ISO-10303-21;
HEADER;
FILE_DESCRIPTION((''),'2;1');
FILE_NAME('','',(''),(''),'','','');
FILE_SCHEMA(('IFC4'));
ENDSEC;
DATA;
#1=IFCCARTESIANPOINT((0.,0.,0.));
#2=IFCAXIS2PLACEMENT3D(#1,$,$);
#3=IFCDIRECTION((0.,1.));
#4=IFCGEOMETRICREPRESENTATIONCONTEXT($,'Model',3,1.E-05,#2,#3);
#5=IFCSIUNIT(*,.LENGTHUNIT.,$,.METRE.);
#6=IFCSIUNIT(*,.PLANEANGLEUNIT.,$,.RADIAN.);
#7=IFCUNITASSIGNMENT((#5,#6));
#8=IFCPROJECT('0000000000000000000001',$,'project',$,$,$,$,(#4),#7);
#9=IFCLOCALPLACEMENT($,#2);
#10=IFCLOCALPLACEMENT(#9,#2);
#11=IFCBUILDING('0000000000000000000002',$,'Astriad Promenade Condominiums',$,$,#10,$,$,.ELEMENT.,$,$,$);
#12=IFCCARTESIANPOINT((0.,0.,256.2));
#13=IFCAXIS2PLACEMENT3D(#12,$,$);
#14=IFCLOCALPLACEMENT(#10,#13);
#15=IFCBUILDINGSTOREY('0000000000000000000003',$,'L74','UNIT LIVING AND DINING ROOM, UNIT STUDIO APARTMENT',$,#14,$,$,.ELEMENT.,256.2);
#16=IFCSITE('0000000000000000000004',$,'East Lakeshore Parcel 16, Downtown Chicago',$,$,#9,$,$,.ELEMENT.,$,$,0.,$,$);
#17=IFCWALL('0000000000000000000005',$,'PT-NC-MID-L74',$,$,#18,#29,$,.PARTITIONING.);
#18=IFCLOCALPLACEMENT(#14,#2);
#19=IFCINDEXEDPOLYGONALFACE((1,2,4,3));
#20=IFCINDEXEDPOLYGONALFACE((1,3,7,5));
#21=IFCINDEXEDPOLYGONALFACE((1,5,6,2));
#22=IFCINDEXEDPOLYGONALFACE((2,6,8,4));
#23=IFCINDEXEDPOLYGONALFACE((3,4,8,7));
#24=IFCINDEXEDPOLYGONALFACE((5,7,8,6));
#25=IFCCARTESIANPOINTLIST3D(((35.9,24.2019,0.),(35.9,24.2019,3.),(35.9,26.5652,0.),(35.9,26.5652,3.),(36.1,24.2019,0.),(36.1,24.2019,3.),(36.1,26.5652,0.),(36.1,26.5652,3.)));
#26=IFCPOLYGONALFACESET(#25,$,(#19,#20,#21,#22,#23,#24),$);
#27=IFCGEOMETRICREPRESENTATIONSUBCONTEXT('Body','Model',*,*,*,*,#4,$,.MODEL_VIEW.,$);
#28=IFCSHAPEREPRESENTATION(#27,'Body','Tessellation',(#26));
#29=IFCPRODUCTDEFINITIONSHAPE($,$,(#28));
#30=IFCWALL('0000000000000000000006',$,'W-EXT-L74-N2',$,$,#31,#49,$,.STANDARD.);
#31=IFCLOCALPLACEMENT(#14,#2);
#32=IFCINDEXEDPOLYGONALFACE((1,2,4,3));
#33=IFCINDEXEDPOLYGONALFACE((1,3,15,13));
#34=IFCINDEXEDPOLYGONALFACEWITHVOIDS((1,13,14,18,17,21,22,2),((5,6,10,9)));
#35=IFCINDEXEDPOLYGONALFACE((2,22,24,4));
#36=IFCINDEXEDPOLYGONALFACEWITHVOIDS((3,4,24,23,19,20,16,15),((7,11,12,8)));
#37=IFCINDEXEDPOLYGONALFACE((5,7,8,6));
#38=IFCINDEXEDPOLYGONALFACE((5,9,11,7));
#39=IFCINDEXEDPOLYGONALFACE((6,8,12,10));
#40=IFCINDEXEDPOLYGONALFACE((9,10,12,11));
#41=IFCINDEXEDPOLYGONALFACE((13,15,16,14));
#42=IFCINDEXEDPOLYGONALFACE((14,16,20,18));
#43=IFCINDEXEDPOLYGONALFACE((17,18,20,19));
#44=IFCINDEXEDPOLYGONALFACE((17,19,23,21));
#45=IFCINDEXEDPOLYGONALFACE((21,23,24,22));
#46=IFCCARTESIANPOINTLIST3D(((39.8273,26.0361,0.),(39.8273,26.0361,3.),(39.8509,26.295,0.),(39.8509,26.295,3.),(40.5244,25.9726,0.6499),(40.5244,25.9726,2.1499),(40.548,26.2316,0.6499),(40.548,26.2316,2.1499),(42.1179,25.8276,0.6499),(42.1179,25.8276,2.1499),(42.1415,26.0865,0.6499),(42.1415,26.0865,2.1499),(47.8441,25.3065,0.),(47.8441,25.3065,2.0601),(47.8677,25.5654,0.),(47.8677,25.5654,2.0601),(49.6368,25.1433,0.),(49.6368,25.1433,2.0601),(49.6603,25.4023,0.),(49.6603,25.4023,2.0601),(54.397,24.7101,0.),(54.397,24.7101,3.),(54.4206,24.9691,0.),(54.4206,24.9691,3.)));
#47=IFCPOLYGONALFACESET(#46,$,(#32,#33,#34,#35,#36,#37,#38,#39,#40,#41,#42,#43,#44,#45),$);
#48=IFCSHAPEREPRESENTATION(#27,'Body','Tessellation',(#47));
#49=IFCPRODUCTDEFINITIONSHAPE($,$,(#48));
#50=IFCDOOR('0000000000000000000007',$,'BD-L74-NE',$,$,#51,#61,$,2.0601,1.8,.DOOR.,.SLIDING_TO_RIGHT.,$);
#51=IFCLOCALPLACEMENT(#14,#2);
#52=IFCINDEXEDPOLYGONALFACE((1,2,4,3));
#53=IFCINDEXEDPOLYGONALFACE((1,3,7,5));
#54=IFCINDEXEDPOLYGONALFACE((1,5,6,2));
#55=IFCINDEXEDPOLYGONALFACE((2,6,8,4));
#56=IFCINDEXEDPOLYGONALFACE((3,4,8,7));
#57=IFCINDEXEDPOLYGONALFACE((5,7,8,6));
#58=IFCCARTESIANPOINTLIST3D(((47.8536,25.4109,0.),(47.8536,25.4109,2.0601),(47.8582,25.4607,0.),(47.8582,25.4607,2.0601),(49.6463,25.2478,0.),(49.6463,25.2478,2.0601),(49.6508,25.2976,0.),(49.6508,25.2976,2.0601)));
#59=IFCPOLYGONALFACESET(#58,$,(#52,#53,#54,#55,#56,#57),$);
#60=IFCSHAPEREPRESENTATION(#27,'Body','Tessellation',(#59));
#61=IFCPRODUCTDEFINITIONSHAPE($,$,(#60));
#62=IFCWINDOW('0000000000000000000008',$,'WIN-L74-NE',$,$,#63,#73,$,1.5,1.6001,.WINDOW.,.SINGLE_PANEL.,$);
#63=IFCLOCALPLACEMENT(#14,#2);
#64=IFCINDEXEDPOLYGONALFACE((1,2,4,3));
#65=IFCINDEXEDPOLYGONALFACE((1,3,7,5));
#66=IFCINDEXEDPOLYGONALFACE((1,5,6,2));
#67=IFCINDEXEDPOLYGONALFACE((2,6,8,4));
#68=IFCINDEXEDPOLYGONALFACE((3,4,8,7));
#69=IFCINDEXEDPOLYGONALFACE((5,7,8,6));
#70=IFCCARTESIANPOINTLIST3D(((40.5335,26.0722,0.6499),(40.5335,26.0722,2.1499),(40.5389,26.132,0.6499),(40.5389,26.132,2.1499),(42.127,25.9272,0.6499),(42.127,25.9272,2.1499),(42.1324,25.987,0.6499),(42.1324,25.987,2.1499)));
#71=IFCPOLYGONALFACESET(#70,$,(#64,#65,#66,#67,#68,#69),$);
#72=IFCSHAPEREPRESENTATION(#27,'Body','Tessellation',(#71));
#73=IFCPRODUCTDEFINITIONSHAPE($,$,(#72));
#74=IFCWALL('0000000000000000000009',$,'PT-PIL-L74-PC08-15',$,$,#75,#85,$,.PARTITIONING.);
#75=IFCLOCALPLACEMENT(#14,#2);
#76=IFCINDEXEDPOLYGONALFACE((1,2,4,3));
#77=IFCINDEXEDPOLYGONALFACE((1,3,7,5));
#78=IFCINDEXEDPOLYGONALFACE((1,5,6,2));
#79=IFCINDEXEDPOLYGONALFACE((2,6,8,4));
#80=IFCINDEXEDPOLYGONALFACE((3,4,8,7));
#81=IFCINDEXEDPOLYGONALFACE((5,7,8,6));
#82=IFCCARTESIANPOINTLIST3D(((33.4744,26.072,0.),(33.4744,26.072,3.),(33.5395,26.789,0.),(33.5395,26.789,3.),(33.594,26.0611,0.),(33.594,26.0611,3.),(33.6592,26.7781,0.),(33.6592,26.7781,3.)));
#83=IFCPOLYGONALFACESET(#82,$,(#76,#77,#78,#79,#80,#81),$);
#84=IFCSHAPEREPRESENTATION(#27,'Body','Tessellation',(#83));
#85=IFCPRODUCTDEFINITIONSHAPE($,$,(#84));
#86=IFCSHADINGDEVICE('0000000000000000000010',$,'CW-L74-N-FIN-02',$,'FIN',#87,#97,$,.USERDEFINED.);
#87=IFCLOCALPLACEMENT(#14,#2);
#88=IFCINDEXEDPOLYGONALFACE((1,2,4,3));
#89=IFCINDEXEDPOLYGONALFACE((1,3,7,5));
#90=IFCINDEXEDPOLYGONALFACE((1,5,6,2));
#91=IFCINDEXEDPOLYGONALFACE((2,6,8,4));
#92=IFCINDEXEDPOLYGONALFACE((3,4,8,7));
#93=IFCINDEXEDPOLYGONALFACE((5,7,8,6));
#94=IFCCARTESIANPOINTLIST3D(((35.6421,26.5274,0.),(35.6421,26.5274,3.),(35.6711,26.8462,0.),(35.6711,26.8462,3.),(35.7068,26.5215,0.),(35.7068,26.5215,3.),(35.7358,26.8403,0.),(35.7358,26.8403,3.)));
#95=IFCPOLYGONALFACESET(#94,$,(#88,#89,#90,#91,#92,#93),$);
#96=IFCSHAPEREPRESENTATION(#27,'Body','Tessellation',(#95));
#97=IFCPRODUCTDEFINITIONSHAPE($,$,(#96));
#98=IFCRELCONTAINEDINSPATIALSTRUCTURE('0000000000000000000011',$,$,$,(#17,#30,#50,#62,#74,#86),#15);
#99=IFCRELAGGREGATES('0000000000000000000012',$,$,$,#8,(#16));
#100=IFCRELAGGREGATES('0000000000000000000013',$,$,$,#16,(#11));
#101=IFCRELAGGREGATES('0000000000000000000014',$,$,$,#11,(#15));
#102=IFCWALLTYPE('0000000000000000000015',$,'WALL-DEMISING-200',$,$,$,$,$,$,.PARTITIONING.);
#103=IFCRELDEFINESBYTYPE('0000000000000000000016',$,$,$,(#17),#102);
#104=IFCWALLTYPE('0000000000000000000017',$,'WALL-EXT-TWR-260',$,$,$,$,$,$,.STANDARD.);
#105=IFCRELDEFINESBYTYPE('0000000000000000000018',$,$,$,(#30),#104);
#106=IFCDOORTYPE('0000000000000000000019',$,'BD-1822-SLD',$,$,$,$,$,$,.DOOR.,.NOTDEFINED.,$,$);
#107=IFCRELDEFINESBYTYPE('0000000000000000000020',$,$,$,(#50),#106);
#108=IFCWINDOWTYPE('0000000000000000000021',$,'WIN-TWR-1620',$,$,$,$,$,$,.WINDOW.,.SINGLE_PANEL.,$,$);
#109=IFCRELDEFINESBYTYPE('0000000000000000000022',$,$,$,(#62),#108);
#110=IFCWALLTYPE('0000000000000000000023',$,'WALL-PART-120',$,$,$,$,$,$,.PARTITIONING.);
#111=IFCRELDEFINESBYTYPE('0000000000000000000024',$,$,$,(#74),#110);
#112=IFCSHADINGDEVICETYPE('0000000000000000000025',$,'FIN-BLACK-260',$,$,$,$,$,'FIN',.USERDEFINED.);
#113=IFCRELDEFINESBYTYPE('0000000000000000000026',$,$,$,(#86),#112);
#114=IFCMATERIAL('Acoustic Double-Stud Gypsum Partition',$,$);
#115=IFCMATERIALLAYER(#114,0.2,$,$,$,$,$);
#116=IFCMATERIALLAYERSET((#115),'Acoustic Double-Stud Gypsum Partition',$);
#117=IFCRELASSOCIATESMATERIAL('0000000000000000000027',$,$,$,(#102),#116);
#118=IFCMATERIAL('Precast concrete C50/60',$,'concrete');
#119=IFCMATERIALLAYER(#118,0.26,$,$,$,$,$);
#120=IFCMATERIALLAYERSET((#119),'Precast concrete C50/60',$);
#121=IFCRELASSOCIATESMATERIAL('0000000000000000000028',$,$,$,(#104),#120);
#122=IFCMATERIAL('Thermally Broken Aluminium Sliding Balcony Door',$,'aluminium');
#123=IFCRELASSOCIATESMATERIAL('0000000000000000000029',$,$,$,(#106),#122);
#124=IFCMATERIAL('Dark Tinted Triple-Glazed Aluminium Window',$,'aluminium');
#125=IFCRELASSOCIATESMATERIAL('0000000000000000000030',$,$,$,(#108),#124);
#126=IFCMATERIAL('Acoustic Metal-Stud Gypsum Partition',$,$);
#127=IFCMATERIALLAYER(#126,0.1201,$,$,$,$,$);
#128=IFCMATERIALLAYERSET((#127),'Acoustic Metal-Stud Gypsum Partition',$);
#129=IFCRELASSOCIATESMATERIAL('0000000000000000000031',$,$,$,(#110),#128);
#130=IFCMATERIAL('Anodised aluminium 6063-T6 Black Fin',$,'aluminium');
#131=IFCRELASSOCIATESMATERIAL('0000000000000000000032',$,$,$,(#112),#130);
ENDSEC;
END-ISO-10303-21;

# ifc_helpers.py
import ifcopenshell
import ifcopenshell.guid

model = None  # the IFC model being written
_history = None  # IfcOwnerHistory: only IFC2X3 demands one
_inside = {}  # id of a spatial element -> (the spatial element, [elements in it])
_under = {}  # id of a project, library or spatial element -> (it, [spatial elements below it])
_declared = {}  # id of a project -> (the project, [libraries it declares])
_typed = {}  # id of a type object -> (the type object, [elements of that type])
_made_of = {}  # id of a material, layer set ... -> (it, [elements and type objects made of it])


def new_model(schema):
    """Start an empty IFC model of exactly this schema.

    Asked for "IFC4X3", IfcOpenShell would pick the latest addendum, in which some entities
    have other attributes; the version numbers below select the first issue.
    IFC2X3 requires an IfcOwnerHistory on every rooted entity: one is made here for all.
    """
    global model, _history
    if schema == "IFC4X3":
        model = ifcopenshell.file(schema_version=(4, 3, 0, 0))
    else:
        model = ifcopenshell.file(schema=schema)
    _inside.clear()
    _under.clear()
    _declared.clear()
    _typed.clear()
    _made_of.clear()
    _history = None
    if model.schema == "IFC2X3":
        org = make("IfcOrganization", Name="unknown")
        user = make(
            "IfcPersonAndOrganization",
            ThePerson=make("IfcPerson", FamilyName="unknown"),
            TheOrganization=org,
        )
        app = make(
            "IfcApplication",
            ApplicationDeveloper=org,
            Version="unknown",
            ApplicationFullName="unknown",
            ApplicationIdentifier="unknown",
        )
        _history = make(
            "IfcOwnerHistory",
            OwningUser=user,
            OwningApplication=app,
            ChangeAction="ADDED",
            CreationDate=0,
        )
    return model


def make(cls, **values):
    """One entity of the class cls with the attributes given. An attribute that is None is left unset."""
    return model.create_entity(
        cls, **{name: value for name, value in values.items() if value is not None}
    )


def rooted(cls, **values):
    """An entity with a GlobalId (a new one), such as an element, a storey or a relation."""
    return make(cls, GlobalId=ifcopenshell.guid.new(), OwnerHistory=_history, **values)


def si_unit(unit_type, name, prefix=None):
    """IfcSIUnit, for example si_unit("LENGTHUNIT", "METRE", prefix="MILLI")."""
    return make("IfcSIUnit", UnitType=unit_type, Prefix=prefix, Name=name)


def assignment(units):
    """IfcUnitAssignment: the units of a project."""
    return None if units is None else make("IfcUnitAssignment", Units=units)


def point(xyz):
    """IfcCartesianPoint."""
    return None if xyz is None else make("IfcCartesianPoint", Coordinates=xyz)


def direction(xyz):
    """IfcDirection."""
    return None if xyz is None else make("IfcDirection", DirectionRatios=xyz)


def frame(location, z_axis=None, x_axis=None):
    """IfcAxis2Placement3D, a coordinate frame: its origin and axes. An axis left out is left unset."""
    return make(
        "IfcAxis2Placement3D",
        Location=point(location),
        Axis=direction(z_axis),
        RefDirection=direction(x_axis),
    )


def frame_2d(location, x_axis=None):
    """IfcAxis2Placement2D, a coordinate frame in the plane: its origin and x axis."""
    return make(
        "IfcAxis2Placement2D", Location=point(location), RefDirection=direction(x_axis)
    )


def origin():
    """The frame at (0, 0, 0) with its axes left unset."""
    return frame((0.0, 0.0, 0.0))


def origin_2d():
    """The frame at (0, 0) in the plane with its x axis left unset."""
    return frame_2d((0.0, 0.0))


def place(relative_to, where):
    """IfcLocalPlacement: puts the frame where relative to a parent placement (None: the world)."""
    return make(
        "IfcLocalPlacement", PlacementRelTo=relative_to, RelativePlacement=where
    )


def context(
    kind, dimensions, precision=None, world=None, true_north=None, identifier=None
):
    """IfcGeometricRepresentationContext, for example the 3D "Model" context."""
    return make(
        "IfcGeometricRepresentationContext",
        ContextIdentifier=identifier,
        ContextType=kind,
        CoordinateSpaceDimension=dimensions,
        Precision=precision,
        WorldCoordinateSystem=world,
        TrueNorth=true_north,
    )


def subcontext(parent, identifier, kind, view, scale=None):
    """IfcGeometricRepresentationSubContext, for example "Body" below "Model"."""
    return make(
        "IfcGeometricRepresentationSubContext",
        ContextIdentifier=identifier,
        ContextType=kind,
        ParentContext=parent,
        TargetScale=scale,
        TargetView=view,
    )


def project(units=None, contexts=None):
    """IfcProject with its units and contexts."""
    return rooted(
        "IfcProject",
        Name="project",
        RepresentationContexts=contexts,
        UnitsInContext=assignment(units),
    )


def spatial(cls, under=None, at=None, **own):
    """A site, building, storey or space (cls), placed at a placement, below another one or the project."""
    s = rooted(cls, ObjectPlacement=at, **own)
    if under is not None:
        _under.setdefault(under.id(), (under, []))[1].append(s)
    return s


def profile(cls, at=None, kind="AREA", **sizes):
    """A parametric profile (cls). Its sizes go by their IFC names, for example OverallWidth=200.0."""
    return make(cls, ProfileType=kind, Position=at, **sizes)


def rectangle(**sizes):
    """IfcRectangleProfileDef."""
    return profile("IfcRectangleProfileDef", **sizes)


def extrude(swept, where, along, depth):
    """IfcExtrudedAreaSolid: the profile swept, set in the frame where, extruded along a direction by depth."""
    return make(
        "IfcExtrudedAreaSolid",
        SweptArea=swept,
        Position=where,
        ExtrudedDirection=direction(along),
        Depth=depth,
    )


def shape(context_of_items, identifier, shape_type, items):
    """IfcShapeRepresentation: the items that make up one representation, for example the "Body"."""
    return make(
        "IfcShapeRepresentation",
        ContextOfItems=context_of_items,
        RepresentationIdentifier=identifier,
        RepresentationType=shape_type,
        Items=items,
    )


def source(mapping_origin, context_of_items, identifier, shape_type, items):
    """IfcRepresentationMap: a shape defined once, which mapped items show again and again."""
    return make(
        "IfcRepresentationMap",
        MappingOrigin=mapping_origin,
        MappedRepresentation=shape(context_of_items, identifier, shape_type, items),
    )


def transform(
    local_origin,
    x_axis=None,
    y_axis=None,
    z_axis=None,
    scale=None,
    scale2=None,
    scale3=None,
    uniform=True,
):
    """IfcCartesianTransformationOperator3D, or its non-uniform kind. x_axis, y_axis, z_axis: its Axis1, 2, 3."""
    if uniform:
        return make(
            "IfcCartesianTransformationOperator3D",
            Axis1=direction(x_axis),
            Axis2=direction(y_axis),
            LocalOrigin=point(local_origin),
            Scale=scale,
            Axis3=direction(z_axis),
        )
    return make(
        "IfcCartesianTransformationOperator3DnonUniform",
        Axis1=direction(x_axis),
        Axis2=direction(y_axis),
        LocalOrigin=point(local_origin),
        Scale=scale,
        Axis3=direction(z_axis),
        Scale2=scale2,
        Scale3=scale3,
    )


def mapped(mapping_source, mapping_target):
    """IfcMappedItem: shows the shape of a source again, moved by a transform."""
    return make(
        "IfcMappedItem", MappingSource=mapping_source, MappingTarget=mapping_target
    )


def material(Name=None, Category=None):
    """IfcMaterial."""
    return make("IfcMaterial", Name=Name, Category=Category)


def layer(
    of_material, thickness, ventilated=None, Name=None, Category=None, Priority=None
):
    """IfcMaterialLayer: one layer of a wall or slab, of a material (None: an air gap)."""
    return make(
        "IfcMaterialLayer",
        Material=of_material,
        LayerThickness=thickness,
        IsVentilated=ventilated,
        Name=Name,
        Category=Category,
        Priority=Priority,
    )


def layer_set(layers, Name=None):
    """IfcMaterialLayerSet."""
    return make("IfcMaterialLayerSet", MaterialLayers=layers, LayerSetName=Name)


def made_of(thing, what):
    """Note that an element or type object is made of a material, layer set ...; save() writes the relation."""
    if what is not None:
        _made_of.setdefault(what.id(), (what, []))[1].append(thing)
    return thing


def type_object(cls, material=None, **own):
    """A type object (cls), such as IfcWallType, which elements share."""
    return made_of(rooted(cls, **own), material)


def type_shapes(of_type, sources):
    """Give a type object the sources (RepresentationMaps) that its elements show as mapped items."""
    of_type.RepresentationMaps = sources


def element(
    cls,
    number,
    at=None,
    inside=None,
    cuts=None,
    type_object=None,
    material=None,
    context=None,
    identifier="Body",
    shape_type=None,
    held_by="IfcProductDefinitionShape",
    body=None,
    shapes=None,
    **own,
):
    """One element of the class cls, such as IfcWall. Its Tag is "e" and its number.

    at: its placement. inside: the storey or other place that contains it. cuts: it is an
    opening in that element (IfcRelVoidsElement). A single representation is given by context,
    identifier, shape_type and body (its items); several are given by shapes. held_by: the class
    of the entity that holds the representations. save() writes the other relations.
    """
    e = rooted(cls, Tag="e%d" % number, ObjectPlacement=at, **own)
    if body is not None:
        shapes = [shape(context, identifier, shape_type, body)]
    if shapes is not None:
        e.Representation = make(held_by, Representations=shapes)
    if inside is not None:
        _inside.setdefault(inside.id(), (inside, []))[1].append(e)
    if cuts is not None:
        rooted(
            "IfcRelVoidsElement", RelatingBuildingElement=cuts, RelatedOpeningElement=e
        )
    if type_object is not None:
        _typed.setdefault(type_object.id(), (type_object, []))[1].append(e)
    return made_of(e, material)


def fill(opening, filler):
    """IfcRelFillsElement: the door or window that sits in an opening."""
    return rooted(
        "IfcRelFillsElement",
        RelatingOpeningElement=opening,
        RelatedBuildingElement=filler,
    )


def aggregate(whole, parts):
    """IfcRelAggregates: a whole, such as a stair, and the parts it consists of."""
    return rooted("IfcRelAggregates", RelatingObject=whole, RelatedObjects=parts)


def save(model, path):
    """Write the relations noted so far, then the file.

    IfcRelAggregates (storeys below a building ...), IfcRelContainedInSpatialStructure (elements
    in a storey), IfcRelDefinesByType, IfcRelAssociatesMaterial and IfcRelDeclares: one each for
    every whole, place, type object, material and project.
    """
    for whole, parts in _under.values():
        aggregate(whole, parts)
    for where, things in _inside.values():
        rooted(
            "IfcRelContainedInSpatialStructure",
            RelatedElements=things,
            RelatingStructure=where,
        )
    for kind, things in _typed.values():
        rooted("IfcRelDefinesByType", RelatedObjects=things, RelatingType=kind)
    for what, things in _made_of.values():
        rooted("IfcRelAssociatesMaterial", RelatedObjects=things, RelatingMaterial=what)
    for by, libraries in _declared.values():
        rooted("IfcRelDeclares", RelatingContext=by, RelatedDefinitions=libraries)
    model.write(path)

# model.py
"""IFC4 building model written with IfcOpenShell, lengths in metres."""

from ifc_helpers import new_model, si_unit, direction, frame, frame_2d, origin, origin_2d, place, context, subcontext, project, spatial, rectangle, extrude, source, transform, mapped, material, layer, layer_set, type_object, type_shapes, element, fill, save


model = new_model("IFC4")

# Units and contexts
model_context = context("Model", 3, precision=1e-05, world=origin(), true_north=direction((0.0, 1.0)))
body_context = subcontext(model_context, "Body", "Model", "MODEL_VIEW")
ifc_project = project(units=[si_unit("LENGTHUNIT", "METRE"), si_unit("PLANEANGLEUNIT", "RADIAN")], contexts=[model_context])

# Site, building, storey
site_placement = place(None, origin())
site = spatial("IfcSite", under=ifc_project, at=site_placement, Name="East Lakeshore Parcel 16, Downtown Chicago", CompositionType="ELEMENT", RefElevation=0.0)
building_placement = place(site_placement, origin())
building = spatial("IfcBuilding", under=site, at=building_placement, Name="Astriad Promenade Condominiums", CompositionType="ELEMENT")
storey_placement = place(building_placement, frame((0.0, 0.0, 256.2)))
storey = spatial("IfcBuildingStorey", under=building, at=storey_placement, Name="L74", Description="UNIT LIVING AND DINING ROOM, UNIT STUDIO APARTMENT", CompositionType="ELEMENT", Elevation=256.2)

# Wall
ifc_material_1 = material(Name="Acoustic Double-Stud Gypsum Partition")
ifc_layer_1 = layer(ifc_material_1, 0.2)
ifc_layer_set_1 = layer_set([ifc_layer_1], Name="Acoustic Double-Stud Gypsum Partition")
wall_type_1 = type_object("IfcWallType", Name="WALL-DEMISING-200", PredefinedType="PARTITIONING", material=ifc_layer_set_1)
wall_1_placement = place(storey_placement, frame((36.0, 24.2019, 0.0), z_axis=(0.0, 0.0, 1.0), x_axis=(0.0, 1.0, 0.0)))
element("IfcWall", 1, at=wall_1_placement, inside=storey, type_object=wall_type_1, Name="PT-NC-MID-L74", PredefinedType="PARTITIONING", context=body_context, shape_type="SweptSolid", body=[
    extrude(rectangle(XDim=2.3633, YDim=0.2, at=frame_2d((1.1816, 0.0))), origin(), (0.0, 0.0, 1.0), 3.0),
])

# Wall, openings, door, window
ifc_material_2 = material(Name="Precast concrete C50/60", Category="concrete")
ifc_layer_2 = layer(ifc_material_2, 0.26)
ifc_layer_set_2 = layer_set([ifc_layer_2], Name="Precast concrete C50/60")
wall_type_2 = type_object("IfcWallType", Name="WALL-EXT-TWR-260", PredefinedType="STANDARD", material=ifc_layer_set_2)
wall_2_placement = place(storey_placement, frame((39.8391, 26.1655, 0.0), z_axis=(0.0, 0.0, 1.0), x_axis=(0.995884, -0.090632, 0.0)))
wall_2 = element("IfcWall", 2, at=wall_2_placement, inside=storey, type_object=wall_type_2, Name="W-EXT-L74-N2", PredefinedType="STANDARD", context=body_context, shape_type="SweptSolid", body=[
    extrude(rectangle(XDim=14.6299, YDim=0.26, at=frame_2d((7.3149, 0.0))), origin(), (0.0, 0.0, 1.0), 3.0),
])
opening_1_placement = place(wall_2_placement, frame((8.05, 0.0, 0.0)))
opening_1 = element("IfcOpeningElement", 3, at=opening_1_placement, cuts=wall_2, PredefinedType="OPENING", context=body_context, shape_type="SweptSolid", body=[
    extrude(rectangle(XDim=1.8, YDim=2.0601, at=frame_2d((0.8999, 1.03))), frame((0.0, 0.1399, 0.0), z_axis=(0.0, -1.0, 0.0), x_axis=(1.0, 0.0, 0.0)), (0.0, 0.0, 1.0), 0.28),
])
opening_2_placement = place(wall_2_placement, frame((0.7, 0.0, 0.6499)))
opening_2 = element("IfcOpeningElement", 4, at=opening_2_placement, cuts=wall_2, PredefinedType="OPENING", context=body_context, shape_type="SweptSolid", body=[
    extrude(rectangle(XDim=1.6001, YDim=1.5, at=frame_2d((0.8, 0.75))), frame((0.0, 0.1399, 0.0), z_axis=(0.0, -1.0, 0.0), x_axis=(1.0, 0.0, 0.0)), (0.0, 0.0, 1.0), 0.28),
])
ifc_material_3 = material(Name="Thermally Broken Aluminium Sliding Balcony Door", Category="aluminium")
door_type = type_object("IfcDoorType", Name="BD-1822-SLD", OperationType="NOTDEFINED", PredefinedType="DOOR", material=ifc_material_3)
shared_shape_1 = source(origin(), body_context, "Body", "SweptSolid", [
    extrude(rectangle(XDim=1.8, YDim=2.0601, at=frame_2d((0.8999, 1.03))), frame((0.0, 0.0249, 0.0), z_axis=(0.0, -1.0, 0.0), x_axis=(1.0, 0.0, 0.0)), (0.0, 0.0, 1.0), 0.05),
])
type_shapes(door_type, [shared_shape_1])
door_placement = place(opening_1_placement, origin())
door = element("IfcDoor", 5, at=door_placement, inside=storey, type_object=door_type, Name="BD-L74-NE", OperationType="SLIDING_TO_RIGHT", OverallHeight=2.0601, OverallWidth=1.8, PredefinedType="DOOR", context=body_context, shape_type="MappedRepresentation", body=[
    mapped(shared_shape_1, transform((0.0, 0.0, 0.0), scale=1.0)),
])
fill(opening_1, door)
ifc_material_4 = material(Name="Dark Tinted Triple-Glazed Aluminium Window", Category="aluminium")
window_type = type_object("IfcWindowType", Name="WIN-TWR-1620", PartitioningType="SINGLE_PANEL", PredefinedType="WINDOW", material=ifc_material_4)
shared_shape_2 = source(origin(), body_context, "Body", "SweptSolid", [
    extrude(rectangle(XDim=1.6001, YDim=1.5, at=frame_2d((0.8, 0.75))), frame((0.0, 0.03, 0.0), z_axis=(0.0, -1.0, 0.0), x_axis=(1.0, 0.0, 0.0)), (0.0, 0.0, 1.0), 0.0601),
])
type_shapes(window_type, [shared_shape_2])
window_placement = place(opening_2_placement, origin())
window = element("IfcWindow", 6, at=window_placement, inside=storey, type_object=window_type, Name="WIN-L74-NE", OverallHeight=1.5, OverallWidth=1.6001, PartitioningType="SINGLE_PANEL", PredefinedType="WINDOW", context=body_context, shape_type="MappedRepresentation", body=[
    mapped(shared_shape_2, transform((0.0, 0.0, 0.0), scale=1.0)),
])
fill(opening_2, window)

# Wall
ifc_material_5 = material(Name="Acoustic Metal-Stud Gypsum Partition")
ifc_layer_3 = layer(ifc_material_5, 0.1201)
ifc_layer_set_3 = layer_set([ifc_layer_3], Name="Acoustic Metal-Stud Gypsum Partition")
wall_type_3 = type_object("IfcWallType", Name="WALL-PART-120", PredefinedType="PARTITIONING", material=ifc_layer_set_3)
wall_3_placement = place(storey_placement, frame((33.5342, 26.0667, 0.0), z_axis=(0.0, 0.0, 1.0), x_axis=(0.090536, 0.995893, 0.0)))
element("IfcWall", 7, at=wall_3_placement, inside=storey, type_object=wall_type_3, Name="PT-PIL-L74-PC08-15", PredefinedType="PARTITIONING", context=body_context, shape_type="SweptSolid", body=[
    extrude(rectangle(XDim=0.72, YDim=0.1201, at=frame_2d((0.3599, 0.0))), origin(), (0.0, 0.0, 1.0), 3.0),
])

# Shading device
ifc_material_6 = material(Name="Anodised aluminium 6063-T6 Black Fin", Category="aluminium")
shading_device_type = type_object("IfcShadingDeviceType", Name="FIN-BLACK-260", ElementType="FIN", PredefinedType="USERDEFINED", material=ifc_material_6)
shared_shape_3 = source(origin(), body_context, "Body", "SweptSolid", [
    extrude(rectangle(XDim=0.0649, YDim=0.3201, at=origin_2d()), origin(), (0.0, 0.0, 1.0), 3.0),
])
type_shapes(shading_device_type, [shared_shape_3])
shading_device_placement = place(storey_placement, frame((35.689, 26.6838, 0.0), z_axis=(0.0, 0.0, 1.0), x_axis=(0.995884, -0.090633, 0.0)))
element("IfcShadingDevice", 8, at=shading_device_placement, inside=storey, type_object=shading_device_type, Name="CW-L74-N-FIN-02", ObjectType="FIN", PredefinedType="USERDEFINED", context=body_context, shape_type="MappedRepresentation", body=[
    mapped(shared_shape_3, transform((0.0, 0.0, 0.0), scale=1.0)),
])

save(model, "model.ifc")
